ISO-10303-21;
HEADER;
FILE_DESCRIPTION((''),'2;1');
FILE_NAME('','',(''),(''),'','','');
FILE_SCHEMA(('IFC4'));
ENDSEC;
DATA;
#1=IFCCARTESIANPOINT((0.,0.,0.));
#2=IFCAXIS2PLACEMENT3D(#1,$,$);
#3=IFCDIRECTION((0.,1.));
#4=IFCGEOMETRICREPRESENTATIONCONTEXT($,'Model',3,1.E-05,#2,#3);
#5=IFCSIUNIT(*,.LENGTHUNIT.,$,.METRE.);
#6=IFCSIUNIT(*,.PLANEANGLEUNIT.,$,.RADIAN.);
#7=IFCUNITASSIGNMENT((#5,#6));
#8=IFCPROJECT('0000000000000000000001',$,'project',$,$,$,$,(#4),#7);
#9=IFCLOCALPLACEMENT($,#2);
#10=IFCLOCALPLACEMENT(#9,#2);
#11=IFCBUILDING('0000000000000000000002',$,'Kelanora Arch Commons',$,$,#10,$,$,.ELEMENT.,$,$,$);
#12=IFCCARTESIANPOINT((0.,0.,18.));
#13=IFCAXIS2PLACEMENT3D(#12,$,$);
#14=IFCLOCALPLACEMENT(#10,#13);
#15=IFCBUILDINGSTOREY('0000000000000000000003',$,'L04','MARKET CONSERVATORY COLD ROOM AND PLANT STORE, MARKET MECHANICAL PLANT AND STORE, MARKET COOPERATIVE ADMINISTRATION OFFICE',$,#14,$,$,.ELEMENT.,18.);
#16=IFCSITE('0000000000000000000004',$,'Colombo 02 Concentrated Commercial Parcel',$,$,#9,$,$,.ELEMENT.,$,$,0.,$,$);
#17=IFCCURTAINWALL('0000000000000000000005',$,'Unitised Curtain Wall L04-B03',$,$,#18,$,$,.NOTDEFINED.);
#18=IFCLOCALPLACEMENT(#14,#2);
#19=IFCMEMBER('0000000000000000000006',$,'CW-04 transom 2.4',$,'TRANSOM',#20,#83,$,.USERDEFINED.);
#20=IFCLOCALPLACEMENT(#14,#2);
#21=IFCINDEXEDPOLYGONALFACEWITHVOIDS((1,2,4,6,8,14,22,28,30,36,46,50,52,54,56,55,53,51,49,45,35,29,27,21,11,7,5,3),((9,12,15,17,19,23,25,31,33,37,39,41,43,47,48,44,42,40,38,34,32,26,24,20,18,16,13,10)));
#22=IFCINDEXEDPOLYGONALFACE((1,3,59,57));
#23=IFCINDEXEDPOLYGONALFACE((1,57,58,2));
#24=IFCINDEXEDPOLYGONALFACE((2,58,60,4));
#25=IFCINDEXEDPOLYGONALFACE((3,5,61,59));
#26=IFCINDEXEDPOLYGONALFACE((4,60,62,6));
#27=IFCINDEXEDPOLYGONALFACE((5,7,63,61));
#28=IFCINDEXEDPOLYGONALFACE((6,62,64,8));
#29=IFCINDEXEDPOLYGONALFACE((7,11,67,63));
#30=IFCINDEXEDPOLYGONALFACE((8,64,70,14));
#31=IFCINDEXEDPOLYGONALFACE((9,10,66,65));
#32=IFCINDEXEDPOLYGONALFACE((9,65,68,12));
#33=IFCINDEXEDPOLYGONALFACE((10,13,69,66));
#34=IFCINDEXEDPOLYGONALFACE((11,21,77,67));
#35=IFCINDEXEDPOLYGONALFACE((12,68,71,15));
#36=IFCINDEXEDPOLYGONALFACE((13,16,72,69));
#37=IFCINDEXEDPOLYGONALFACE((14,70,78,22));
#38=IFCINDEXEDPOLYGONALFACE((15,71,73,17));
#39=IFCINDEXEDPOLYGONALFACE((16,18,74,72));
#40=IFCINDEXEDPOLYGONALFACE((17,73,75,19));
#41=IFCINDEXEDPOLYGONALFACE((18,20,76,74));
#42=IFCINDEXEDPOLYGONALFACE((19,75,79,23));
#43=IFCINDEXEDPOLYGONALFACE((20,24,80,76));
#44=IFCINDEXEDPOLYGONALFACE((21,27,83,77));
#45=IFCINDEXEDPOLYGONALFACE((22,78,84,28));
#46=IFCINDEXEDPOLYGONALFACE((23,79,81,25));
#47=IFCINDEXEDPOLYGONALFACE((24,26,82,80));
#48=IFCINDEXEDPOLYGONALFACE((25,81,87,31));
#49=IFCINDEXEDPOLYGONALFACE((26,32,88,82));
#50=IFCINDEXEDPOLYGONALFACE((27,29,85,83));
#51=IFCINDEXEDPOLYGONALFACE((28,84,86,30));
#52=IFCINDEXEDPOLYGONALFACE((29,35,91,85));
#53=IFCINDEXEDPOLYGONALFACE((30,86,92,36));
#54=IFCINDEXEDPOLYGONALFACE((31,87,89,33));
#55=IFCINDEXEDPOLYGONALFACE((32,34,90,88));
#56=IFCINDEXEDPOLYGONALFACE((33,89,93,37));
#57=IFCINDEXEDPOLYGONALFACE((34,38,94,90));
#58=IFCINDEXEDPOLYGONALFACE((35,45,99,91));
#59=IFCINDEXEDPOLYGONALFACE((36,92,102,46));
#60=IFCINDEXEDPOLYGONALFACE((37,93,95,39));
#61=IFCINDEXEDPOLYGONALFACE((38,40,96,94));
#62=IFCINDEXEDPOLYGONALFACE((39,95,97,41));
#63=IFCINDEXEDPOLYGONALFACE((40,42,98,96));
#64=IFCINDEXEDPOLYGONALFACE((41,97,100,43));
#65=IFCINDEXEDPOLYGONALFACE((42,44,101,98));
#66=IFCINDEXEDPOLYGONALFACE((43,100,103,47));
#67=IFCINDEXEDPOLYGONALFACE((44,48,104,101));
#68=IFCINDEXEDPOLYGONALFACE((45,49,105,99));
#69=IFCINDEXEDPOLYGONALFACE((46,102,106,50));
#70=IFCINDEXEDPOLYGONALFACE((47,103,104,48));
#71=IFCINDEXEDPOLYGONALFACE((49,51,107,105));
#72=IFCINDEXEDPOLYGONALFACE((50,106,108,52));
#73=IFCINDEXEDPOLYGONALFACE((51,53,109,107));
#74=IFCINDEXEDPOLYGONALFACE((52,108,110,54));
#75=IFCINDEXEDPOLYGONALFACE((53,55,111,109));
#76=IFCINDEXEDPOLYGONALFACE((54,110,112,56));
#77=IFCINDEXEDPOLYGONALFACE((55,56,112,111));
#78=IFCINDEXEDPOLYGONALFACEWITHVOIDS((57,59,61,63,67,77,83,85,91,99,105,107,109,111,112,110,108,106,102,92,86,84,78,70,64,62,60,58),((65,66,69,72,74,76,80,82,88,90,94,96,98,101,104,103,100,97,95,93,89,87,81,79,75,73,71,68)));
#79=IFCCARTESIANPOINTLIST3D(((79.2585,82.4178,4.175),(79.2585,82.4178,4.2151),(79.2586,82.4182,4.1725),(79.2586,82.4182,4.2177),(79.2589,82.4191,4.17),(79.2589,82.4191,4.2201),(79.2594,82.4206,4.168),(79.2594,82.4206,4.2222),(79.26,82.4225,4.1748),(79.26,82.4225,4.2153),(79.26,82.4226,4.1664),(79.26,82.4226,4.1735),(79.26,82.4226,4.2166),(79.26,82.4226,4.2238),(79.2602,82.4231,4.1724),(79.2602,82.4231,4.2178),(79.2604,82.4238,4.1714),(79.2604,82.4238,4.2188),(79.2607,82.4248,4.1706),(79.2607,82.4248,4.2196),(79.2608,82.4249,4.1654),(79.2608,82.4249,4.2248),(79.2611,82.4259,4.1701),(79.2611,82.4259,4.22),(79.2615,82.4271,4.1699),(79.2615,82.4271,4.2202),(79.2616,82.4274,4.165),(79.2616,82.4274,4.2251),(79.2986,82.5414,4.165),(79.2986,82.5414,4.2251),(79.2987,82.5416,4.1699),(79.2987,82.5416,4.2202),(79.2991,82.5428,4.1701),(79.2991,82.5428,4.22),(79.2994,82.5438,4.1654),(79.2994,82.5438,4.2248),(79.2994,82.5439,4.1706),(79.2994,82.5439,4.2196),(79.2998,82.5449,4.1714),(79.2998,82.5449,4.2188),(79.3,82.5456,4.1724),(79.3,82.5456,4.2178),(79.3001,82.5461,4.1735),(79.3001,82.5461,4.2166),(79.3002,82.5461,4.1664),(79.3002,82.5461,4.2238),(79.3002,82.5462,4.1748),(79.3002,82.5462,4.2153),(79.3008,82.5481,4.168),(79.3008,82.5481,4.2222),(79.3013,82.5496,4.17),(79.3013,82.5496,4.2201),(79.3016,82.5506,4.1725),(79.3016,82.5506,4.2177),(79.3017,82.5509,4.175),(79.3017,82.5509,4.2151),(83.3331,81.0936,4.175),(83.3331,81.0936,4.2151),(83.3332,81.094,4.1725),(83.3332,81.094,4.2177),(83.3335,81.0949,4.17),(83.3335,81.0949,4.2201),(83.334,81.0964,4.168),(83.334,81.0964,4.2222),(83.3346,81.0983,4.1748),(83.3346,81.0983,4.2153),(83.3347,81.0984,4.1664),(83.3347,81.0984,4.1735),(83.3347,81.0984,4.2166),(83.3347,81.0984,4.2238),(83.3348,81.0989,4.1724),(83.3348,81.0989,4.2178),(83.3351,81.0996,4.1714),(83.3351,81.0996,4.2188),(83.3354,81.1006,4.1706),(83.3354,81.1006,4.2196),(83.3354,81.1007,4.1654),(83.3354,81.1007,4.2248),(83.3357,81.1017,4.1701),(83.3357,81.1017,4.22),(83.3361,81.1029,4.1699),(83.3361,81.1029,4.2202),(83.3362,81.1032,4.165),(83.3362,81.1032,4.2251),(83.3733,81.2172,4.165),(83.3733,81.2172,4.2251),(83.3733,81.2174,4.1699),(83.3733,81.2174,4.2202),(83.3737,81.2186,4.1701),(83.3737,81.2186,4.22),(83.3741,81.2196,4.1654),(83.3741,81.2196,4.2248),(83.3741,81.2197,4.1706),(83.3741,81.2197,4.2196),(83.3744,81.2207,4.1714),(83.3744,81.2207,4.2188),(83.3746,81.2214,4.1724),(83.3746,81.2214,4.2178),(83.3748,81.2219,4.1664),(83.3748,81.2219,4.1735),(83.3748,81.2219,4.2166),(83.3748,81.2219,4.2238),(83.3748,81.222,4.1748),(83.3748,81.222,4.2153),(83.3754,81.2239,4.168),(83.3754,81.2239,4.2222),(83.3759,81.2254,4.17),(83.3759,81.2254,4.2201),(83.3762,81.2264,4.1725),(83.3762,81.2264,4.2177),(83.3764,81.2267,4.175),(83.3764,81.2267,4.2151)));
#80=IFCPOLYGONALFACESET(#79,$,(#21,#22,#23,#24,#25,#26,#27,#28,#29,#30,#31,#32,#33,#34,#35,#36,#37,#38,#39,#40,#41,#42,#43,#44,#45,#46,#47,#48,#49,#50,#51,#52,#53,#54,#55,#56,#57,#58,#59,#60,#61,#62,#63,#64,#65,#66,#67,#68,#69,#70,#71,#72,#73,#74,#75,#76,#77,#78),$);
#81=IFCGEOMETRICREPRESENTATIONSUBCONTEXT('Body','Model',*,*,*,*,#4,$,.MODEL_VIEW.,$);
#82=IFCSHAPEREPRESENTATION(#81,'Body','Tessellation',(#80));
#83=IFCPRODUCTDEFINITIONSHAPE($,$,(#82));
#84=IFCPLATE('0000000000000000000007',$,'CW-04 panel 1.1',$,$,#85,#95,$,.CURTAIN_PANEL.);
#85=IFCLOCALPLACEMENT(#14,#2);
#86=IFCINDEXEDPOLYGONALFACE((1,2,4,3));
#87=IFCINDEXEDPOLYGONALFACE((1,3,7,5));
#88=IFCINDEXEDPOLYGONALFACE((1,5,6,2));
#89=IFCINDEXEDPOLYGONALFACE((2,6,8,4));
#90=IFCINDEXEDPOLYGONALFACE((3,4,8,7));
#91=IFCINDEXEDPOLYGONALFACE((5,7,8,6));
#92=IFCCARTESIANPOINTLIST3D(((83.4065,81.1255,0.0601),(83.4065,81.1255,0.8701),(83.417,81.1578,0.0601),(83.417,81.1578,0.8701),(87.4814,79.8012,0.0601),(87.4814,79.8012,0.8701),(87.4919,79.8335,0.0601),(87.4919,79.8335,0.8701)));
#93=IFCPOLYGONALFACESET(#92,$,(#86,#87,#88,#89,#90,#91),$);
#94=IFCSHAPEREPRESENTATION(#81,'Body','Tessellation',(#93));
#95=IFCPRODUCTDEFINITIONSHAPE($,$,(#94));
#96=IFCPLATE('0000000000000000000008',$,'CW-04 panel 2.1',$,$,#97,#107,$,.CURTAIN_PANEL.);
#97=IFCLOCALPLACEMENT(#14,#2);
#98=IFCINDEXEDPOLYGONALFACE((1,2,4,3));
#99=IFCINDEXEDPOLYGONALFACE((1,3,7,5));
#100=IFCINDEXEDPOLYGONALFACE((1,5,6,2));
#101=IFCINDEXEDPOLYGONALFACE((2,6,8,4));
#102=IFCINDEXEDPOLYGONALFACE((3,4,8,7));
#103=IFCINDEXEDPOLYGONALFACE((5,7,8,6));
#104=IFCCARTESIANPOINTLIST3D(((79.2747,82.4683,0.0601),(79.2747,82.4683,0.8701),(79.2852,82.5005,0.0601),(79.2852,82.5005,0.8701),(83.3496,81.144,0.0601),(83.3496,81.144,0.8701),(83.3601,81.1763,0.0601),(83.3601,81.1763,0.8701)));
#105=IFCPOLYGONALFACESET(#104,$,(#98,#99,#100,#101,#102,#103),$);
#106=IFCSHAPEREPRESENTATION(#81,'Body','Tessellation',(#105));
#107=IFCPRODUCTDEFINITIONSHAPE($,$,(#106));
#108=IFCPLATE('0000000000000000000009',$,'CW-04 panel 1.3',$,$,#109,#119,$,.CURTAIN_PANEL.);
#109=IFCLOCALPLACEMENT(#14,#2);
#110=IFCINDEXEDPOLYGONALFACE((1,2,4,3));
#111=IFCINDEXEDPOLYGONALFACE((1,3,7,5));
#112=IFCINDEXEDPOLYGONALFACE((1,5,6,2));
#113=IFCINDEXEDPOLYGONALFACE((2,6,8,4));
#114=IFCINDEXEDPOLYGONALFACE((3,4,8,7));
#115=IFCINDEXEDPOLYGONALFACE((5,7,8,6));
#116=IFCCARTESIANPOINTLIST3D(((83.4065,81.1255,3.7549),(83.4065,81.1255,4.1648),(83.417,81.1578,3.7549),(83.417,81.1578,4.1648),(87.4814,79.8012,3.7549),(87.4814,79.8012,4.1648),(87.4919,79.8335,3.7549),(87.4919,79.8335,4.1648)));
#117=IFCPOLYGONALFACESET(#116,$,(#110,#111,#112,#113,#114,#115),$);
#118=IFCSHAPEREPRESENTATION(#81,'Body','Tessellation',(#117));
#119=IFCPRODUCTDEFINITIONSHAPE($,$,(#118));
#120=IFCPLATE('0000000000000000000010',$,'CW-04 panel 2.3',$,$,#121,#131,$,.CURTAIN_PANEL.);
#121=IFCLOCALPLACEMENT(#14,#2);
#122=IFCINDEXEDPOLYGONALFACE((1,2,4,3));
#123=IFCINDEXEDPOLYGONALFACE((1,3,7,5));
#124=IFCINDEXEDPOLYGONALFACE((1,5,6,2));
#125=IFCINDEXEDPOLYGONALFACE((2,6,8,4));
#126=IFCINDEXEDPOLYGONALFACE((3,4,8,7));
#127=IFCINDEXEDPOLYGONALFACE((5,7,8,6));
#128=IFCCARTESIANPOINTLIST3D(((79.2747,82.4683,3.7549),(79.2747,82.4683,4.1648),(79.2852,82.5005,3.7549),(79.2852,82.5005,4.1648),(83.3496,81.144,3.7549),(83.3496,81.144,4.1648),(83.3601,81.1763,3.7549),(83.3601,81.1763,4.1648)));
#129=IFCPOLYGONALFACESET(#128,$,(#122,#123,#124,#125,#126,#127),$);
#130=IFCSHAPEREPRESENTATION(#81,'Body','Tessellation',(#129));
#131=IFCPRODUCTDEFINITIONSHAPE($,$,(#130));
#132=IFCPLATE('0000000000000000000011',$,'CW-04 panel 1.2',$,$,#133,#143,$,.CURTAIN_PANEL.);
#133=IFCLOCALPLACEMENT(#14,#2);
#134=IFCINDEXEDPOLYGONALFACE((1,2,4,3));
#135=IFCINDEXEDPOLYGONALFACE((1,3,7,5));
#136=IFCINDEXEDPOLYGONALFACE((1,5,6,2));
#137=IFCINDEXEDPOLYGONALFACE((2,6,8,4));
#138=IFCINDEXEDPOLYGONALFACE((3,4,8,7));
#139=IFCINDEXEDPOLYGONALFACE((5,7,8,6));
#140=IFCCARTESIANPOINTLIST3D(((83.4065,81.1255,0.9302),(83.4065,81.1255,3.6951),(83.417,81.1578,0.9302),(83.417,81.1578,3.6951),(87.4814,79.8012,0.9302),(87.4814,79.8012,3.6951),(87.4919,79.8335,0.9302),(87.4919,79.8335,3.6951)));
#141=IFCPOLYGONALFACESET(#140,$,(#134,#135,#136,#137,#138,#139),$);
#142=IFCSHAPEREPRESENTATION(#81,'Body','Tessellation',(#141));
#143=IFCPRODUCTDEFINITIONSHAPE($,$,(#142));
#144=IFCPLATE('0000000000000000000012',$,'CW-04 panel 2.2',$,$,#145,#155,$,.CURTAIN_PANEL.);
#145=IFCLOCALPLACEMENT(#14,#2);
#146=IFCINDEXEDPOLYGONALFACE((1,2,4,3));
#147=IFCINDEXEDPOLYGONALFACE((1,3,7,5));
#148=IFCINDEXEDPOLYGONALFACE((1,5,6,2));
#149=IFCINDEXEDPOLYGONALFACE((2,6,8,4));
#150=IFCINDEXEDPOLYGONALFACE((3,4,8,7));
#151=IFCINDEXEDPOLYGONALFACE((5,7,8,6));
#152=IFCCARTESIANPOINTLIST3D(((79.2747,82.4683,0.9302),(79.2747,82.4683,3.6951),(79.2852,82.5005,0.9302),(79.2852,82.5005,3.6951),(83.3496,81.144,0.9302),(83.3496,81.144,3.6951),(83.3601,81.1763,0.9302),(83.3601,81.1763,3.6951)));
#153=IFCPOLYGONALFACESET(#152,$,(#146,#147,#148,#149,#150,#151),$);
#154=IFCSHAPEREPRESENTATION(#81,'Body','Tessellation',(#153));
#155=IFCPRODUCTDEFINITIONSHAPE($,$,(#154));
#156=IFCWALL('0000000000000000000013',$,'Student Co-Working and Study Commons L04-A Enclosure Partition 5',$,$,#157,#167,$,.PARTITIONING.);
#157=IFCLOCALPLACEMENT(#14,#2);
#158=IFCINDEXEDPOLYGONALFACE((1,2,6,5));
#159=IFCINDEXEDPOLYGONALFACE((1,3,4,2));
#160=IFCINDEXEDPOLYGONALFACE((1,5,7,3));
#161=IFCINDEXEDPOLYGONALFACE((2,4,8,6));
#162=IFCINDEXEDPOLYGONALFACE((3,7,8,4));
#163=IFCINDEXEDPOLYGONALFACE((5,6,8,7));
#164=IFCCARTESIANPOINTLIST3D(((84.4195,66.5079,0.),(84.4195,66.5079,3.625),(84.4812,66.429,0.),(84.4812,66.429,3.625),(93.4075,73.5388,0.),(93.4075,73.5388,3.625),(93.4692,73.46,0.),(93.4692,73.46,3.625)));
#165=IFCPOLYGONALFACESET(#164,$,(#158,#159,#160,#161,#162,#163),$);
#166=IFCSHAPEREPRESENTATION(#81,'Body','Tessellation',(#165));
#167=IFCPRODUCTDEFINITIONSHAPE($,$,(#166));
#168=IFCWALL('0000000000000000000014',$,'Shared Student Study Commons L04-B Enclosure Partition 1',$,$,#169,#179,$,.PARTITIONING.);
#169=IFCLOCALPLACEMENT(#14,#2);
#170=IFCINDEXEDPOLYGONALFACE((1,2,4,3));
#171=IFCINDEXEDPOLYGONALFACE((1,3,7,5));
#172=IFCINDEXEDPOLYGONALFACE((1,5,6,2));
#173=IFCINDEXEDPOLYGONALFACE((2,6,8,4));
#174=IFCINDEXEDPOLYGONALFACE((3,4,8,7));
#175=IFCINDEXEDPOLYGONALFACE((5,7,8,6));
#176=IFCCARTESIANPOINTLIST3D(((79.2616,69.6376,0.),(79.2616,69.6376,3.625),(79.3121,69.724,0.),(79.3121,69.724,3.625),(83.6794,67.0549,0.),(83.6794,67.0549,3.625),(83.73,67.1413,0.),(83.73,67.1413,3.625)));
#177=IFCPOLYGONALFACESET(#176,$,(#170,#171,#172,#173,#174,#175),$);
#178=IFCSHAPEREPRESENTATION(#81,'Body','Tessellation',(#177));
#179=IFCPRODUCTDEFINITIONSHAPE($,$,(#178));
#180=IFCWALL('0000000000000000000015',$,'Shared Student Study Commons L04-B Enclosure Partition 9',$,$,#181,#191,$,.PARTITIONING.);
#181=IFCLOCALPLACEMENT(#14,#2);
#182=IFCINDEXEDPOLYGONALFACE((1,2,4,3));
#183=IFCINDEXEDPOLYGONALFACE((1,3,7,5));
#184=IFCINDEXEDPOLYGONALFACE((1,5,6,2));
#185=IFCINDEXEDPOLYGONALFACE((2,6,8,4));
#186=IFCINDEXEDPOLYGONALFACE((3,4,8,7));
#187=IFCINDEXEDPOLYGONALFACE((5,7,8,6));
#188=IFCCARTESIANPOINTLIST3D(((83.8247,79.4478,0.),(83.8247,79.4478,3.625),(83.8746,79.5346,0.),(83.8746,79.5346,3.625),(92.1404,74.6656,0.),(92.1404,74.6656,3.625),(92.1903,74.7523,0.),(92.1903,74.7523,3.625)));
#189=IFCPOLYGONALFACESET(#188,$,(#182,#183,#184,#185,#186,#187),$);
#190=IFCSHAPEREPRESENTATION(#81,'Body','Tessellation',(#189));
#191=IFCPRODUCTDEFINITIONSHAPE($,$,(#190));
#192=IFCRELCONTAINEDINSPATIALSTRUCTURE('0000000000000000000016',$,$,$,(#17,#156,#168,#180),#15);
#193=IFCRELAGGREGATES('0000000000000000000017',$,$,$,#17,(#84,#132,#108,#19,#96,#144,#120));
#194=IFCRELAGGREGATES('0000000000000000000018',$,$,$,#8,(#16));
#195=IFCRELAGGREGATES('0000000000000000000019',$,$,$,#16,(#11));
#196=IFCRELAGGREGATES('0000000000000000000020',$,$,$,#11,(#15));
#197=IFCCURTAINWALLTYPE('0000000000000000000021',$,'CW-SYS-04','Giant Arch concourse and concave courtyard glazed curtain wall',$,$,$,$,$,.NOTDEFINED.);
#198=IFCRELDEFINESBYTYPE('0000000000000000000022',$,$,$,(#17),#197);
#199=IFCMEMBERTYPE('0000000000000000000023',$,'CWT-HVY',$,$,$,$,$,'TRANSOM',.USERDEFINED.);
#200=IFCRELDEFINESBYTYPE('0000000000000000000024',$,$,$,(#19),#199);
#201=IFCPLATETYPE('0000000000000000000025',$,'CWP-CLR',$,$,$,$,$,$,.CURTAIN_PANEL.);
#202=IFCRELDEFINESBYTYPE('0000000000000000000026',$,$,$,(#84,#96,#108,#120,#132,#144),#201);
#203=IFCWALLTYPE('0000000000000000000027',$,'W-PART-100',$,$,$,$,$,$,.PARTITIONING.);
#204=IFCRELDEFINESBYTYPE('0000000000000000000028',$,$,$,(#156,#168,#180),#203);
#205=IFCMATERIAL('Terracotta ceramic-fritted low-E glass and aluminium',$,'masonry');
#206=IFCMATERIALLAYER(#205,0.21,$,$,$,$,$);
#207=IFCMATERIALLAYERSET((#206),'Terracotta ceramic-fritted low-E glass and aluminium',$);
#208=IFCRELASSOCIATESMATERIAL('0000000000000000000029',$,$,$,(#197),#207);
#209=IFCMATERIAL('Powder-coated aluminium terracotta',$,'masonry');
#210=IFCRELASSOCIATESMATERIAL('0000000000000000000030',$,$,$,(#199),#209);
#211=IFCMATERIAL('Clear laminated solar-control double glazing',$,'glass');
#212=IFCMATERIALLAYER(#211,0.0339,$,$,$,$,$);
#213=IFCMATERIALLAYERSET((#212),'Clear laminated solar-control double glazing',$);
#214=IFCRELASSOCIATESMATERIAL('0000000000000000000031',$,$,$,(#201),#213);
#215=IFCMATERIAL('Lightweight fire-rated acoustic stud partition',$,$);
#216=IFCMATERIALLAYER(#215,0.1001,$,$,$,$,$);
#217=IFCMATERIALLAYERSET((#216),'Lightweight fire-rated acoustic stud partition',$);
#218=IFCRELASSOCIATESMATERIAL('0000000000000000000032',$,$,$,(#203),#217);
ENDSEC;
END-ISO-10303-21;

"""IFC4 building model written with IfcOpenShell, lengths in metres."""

from ifc_helpers import new_model, si_unit, direction, frame, frame_2d, origin, origin_2d, place, context, subcontext, project, spatial, rectangle, hollow_rectangle, extrude, source, transform, mapped, material, layer, layer_set, material_profile, profile_set, type_object, element, aggregate, save


model = new_model("IFC4")

# Units and contexts
model_context = context("Model", 3, precision=1e-05, world=origin(), true_north=direction((0.0, 1.0)))
body_context = subcontext(model_context, "Body", "Model", "MODEL_VIEW")
ifc_project = project(units=[si_unit("LENGTHUNIT", "METRE"), si_unit("PLANEANGLEUNIT", "RADIAN")], contexts=[model_context])

# Site, building, storey
site_placement = place(None, origin())
site = spatial("IfcSite", under=ifc_project, at=site_placement, Name="Colombo 02 Concentrated Commercial Parcel", CompositionType="ELEMENT", RefElevation=0.0)
building_placement = place(site_placement, origin())
building = spatial("IfcBuilding", under=site, at=building_placement, Name="Kelanora Arch Commons", CompositionType="ELEMENT")
storey_placement = place(building_placement, frame((0.0, 0.0, 18.0)))
storey = spatial("IfcBuildingStorey", under=building, at=storey_placement, Name="L04", Description="MARKET CONSERVATORY COLD ROOM AND PLANT STORE, MARKET MECHANICAL PLANT AND STORE, MARKET COOPERATIVE ADMINISTRATION OFFICE", CompositionType="ELEMENT", Elevation=18.0)

# Curtain wall, member, plates
ifc_material_1 = material(Name="Terracotta ceramic-fritted low-E glass and aluminium", Category="masonry")
ifc_layer_1 = layer(ifc_material_1, 0.21)
ifc_layer_set_1 = layer_set([ifc_layer_1], Name="Terracotta ceramic-fritted low-E glass and aluminium")
curtain_wall_type = type_object("IfcCurtainWallType", Name="CW-SYS-04", Description="Giant Arch concourse and concave courtyard glazed curtain wall", PredefinedType="NOTDEFINED", material=ifc_layer_set_1)
curtain_wall_placement = place(storey_placement, origin())
curtain_wall = element("IfcCurtainWall", 1, at=curtain_wall_placement, inside=storey, type_object=curtain_wall_type, Name="Unitised Curtain Wall L04-B03", PredefinedType="NOTDEFINED")
ifc_material_2 = material(Name="Powder-coated aluminium terracotta", Category="masonry")
ifc_material_profile_1 = material_profile(ifc_material_2, hollow_rectangle(XDim=0.1399, YDim=0.0601, WallThickness=0.0049, InnerFilletRadius=0.0049, OuterFilletRadius=0.01, at=origin_2d()), Name="CWT140x60")
ifc_profile_set_1 = profile_set([ifc_material_profile_1], Name="Powder-coated aluminium terracotta")
member_type_1 = type_object("IfcMemberType", Name="CWT-HVY", ElementType="TRANSOM", PredefinedType="USERDEFINED", material=ifc_profile_set_1)
member_1_placement = place(storey_placement, frame((83.3547, 81.1602, 4.1951), z_axis=(-0.951038, 0.309073, 0.0), x_axis=(-0.309073, -0.951038, 0.0)))
member_1 = element("IfcMember", 2, at=member_1_placement, type_object=member_type_1, Name="CW-04 transom 2.4", ObjectType="TRANSOM", PredefinedType="USERDEFINED", context=body_context, shape_type="SweptSolid", body=[
    extrude(hollow_rectangle(XDim=0.1399, YDim=0.0601, WallThickness=0.0049, InnerFilletRadius=0.0049, OuterFilletRadius=0.01, at=origin_2d()), origin(), (0.0, 0.0, 1.0), 4.2844),
])
ifc_material_3 = material(Name="Clear laminated solar-control double glazing", Category="glass")
ifc_layer_2 = layer(ifc_material_3, 0.0339)
ifc_layer_set_2 = layer_set([ifc_layer_2], Name="Clear laminated solar-control double glazing")
plate_type = type_object("IfcPlateType", Name="CWP-CLR", PredefinedType="CURTAIN_PANEL", material=ifc_layer_set_2)
shared_shape_1 = source(origin(), body_context, "Body", "SweptSolid", [
    extrude(rectangle(XDim=4.2847, YDim=0.0339, at=origin_2d()), origin(), (0.0, 0.0, 1.0), 0.8101),
])
plate_1_placement = place(storey_placement, frame((85.4492, 80.4795, 0.0601), z_axis=(0.0, 0.0, 1.0), x_axis=(-0.951039, 0.30907, 0.0)))
plate_1 = element("IfcPlate", 3, at=plate_1_placement, type_object=plate_type, Name="CW-04 panel 1.1", PredefinedType="CURTAIN_PANEL", context=body_context, shape_type="MappedRepresentation", body=[
    mapped(shared_shape_1, transform((0.0, 0.0, 0.0), scale=1.0)),
])
plate_2_placement = place(storey_placement, frame((81.3174, 81.8223, 0.0601), z_axis=(0.0, 0.0, 1.0), x_axis=(-0.951039, 0.30907, 0.0)))
plate_2 = element("IfcPlate", 4, at=plate_2_placement, type_object=plate_type, Name="CW-04 panel 2.1", PredefinedType="CURTAIN_PANEL", context=body_context, shape_type="MappedRepresentation", body=[
    mapped(shared_shape_1, transform((0.0, 0.0, 0.0), scale=1.0)),
])
shared_shape_2 = source(origin(), body_context, "Body", "SweptSolid", [
    extrude(rectangle(XDim=4.2847, YDim=0.0339, at=origin_2d()), origin(), (0.0, 0.0, 1.0), 0.4099),
])
plate_3_placement = place(storey_placement, frame((85.4492, 80.4795, 3.7549), z_axis=(0.0, 0.0, 1.0), x_axis=(-0.951039, 0.30907, 0.0)))
plate_3 = element("IfcPlate", 5, at=plate_3_placement, type_object=plate_type, Name="CW-04 panel 1.3", PredefinedType="CURTAIN_PANEL", context=body_context, shape_type="MappedRepresentation", body=[
    mapped(shared_shape_2, transform((0.0, 0.0, 0.0), scale=1.0)),
])
plate_4_placement = place(storey_placement, frame((81.3174, 81.8223, 3.7549), z_axis=(0.0, 0.0, 1.0), x_axis=(-0.951039, 0.30907, 0.0)))
plate_4 = element("IfcPlate", 6, at=plate_4_placement, type_object=plate_type, Name="CW-04 panel 2.3", PredefinedType="CURTAIN_PANEL", context=body_context, shape_type="MappedRepresentation", body=[
    mapped(shared_shape_2, transform((0.0, 0.0, 0.0), scale=1.0)),
])
shared_shape_3 = source(origin(), body_context, "Body", "SweptSolid", [
    extrude(rectangle(XDim=4.2847, YDim=0.0339, at=origin_2d()), origin(), (0.0, 0.0, 1.0), 2.7649),
])
plate_5_placement = place(storey_placement, frame((85.4492, 80.4795, 0.9302), z_axis=(0.0, 0.0, 1.0), x_axis=(-0.951039, 0.30907, 0.0)))
plate_5 = element("IfcPlate", 7, at=plate_5_placement, type_object=plate_type, Name="CW-04 panel 1.2", PredefinedType="CURTAIN_PANEL", context=body_context, shape_type="MappedRepresentation", body=[
    mapped(shared_shape_3, transform((0.0, 0.0, 0.0), scale=1.0)),
])
plate_6_placement = place(storey_placement, frame((81.3174, 81.8223, 0.9302), z_axis=(0.0, 0.0, 1.0), x_axis=(-0.951039, 0.30907, 0.0)))
plate_6 = element("IfcPlate", 8, at=plate_6_placement, type_object=plate_type, Name="CW-04 panel 2.2", PredefinedType="CURTAIN_PANEL", context=body_context, shape_type="MappedRepresentation", body=[
    mapped(shared_shape_3, transform((0.0, 0.0, 0.0), scale=1.0)),
])
aggregate(curtain_wall, [plate_1, plate_5, plate_3, member_1, plate_2, plate_6, plate_4])

# Walls
ifc_material_4 = material(Name="Lightweight fire-rated acoustic stud partition")
ifc_layer_3 = layer(ifc_material_4, 0.1001)
ifc_layer_set_3 = layer_set([ifc_layer_3], Name="Lightweight fire-rated acoustic stud partition")
wall_type = type_object("IfcWallType", Name="W-PART-100", PredefinedType="PARTITIONING", material=ifc_layer_set_3)
wall_1_placement = place(storey_placement, frame((84.4504, 66.4685, 0.0), z_axis=(0.0, 0.0, 1.0), x_axis=(0.787637, 0.616139, 0.0)))
element("IfcWall", 9, at=wall_1_placement, inside=storey, type_object=wall_type, Name="Student Co-Working and Study Commons L04-A Enclosure Partition 5", PredefinedType="PARTITIONING", context=body_context, shape_type="SweptSolid", body=[
    extrude(rectangle(XDim=11.4114, YDim=0.1001, at=frame_2d((5.7056, 0.0))), origin(), (0.0, 0.0, 1.0), 3.625),
])
wall_2_placement = place(storey_placement, frame((83.7046, 67.0981, 0.0), z_axis=(0.0, 0.0, 1.0), x_axis=(-0.863301, 0.504689, 0.0)))
element("IfcWall", 10, at=wall_2_placement, inside=storey, type_object=wall_type, Name="Shared Student Study Commons L04-B Enclosure Partition 1", PredefinedType="PARTITIONING", context=body_context, shape_type="SweptSolid", body=[
    extrude(rectangle(XDim=5.1174, YDim=0.1001, at=frame_2d((2.5586, 0.0))), origin(), (0.0, 0.0, 1.0), 3.625),
])
wall_3_placement = place(storey_placement, frame((83.8496, 79.4912, 0.0), z_axis=(0.0, 0.0, 1.0), x_axis=(0.866874, -0.498527, 0.0)))
element("IfcWall", 11, at=wall_3_placement, inside=storey, type_object=wall_type, Name="Shared Student Study Commons L04-B Enclosure Partition 9", PredefinedType="PARTITIONING", context=body_context, shape_type="SweptSolid", body=[
    extrude(rectangle(XDim=9.5928, YDim=0.1001, at=frame_2d((4.7964, 0.0))), origin(), (0.0, 0.0, 1.0), 3.625),
])

save(model, "model.ifc")
